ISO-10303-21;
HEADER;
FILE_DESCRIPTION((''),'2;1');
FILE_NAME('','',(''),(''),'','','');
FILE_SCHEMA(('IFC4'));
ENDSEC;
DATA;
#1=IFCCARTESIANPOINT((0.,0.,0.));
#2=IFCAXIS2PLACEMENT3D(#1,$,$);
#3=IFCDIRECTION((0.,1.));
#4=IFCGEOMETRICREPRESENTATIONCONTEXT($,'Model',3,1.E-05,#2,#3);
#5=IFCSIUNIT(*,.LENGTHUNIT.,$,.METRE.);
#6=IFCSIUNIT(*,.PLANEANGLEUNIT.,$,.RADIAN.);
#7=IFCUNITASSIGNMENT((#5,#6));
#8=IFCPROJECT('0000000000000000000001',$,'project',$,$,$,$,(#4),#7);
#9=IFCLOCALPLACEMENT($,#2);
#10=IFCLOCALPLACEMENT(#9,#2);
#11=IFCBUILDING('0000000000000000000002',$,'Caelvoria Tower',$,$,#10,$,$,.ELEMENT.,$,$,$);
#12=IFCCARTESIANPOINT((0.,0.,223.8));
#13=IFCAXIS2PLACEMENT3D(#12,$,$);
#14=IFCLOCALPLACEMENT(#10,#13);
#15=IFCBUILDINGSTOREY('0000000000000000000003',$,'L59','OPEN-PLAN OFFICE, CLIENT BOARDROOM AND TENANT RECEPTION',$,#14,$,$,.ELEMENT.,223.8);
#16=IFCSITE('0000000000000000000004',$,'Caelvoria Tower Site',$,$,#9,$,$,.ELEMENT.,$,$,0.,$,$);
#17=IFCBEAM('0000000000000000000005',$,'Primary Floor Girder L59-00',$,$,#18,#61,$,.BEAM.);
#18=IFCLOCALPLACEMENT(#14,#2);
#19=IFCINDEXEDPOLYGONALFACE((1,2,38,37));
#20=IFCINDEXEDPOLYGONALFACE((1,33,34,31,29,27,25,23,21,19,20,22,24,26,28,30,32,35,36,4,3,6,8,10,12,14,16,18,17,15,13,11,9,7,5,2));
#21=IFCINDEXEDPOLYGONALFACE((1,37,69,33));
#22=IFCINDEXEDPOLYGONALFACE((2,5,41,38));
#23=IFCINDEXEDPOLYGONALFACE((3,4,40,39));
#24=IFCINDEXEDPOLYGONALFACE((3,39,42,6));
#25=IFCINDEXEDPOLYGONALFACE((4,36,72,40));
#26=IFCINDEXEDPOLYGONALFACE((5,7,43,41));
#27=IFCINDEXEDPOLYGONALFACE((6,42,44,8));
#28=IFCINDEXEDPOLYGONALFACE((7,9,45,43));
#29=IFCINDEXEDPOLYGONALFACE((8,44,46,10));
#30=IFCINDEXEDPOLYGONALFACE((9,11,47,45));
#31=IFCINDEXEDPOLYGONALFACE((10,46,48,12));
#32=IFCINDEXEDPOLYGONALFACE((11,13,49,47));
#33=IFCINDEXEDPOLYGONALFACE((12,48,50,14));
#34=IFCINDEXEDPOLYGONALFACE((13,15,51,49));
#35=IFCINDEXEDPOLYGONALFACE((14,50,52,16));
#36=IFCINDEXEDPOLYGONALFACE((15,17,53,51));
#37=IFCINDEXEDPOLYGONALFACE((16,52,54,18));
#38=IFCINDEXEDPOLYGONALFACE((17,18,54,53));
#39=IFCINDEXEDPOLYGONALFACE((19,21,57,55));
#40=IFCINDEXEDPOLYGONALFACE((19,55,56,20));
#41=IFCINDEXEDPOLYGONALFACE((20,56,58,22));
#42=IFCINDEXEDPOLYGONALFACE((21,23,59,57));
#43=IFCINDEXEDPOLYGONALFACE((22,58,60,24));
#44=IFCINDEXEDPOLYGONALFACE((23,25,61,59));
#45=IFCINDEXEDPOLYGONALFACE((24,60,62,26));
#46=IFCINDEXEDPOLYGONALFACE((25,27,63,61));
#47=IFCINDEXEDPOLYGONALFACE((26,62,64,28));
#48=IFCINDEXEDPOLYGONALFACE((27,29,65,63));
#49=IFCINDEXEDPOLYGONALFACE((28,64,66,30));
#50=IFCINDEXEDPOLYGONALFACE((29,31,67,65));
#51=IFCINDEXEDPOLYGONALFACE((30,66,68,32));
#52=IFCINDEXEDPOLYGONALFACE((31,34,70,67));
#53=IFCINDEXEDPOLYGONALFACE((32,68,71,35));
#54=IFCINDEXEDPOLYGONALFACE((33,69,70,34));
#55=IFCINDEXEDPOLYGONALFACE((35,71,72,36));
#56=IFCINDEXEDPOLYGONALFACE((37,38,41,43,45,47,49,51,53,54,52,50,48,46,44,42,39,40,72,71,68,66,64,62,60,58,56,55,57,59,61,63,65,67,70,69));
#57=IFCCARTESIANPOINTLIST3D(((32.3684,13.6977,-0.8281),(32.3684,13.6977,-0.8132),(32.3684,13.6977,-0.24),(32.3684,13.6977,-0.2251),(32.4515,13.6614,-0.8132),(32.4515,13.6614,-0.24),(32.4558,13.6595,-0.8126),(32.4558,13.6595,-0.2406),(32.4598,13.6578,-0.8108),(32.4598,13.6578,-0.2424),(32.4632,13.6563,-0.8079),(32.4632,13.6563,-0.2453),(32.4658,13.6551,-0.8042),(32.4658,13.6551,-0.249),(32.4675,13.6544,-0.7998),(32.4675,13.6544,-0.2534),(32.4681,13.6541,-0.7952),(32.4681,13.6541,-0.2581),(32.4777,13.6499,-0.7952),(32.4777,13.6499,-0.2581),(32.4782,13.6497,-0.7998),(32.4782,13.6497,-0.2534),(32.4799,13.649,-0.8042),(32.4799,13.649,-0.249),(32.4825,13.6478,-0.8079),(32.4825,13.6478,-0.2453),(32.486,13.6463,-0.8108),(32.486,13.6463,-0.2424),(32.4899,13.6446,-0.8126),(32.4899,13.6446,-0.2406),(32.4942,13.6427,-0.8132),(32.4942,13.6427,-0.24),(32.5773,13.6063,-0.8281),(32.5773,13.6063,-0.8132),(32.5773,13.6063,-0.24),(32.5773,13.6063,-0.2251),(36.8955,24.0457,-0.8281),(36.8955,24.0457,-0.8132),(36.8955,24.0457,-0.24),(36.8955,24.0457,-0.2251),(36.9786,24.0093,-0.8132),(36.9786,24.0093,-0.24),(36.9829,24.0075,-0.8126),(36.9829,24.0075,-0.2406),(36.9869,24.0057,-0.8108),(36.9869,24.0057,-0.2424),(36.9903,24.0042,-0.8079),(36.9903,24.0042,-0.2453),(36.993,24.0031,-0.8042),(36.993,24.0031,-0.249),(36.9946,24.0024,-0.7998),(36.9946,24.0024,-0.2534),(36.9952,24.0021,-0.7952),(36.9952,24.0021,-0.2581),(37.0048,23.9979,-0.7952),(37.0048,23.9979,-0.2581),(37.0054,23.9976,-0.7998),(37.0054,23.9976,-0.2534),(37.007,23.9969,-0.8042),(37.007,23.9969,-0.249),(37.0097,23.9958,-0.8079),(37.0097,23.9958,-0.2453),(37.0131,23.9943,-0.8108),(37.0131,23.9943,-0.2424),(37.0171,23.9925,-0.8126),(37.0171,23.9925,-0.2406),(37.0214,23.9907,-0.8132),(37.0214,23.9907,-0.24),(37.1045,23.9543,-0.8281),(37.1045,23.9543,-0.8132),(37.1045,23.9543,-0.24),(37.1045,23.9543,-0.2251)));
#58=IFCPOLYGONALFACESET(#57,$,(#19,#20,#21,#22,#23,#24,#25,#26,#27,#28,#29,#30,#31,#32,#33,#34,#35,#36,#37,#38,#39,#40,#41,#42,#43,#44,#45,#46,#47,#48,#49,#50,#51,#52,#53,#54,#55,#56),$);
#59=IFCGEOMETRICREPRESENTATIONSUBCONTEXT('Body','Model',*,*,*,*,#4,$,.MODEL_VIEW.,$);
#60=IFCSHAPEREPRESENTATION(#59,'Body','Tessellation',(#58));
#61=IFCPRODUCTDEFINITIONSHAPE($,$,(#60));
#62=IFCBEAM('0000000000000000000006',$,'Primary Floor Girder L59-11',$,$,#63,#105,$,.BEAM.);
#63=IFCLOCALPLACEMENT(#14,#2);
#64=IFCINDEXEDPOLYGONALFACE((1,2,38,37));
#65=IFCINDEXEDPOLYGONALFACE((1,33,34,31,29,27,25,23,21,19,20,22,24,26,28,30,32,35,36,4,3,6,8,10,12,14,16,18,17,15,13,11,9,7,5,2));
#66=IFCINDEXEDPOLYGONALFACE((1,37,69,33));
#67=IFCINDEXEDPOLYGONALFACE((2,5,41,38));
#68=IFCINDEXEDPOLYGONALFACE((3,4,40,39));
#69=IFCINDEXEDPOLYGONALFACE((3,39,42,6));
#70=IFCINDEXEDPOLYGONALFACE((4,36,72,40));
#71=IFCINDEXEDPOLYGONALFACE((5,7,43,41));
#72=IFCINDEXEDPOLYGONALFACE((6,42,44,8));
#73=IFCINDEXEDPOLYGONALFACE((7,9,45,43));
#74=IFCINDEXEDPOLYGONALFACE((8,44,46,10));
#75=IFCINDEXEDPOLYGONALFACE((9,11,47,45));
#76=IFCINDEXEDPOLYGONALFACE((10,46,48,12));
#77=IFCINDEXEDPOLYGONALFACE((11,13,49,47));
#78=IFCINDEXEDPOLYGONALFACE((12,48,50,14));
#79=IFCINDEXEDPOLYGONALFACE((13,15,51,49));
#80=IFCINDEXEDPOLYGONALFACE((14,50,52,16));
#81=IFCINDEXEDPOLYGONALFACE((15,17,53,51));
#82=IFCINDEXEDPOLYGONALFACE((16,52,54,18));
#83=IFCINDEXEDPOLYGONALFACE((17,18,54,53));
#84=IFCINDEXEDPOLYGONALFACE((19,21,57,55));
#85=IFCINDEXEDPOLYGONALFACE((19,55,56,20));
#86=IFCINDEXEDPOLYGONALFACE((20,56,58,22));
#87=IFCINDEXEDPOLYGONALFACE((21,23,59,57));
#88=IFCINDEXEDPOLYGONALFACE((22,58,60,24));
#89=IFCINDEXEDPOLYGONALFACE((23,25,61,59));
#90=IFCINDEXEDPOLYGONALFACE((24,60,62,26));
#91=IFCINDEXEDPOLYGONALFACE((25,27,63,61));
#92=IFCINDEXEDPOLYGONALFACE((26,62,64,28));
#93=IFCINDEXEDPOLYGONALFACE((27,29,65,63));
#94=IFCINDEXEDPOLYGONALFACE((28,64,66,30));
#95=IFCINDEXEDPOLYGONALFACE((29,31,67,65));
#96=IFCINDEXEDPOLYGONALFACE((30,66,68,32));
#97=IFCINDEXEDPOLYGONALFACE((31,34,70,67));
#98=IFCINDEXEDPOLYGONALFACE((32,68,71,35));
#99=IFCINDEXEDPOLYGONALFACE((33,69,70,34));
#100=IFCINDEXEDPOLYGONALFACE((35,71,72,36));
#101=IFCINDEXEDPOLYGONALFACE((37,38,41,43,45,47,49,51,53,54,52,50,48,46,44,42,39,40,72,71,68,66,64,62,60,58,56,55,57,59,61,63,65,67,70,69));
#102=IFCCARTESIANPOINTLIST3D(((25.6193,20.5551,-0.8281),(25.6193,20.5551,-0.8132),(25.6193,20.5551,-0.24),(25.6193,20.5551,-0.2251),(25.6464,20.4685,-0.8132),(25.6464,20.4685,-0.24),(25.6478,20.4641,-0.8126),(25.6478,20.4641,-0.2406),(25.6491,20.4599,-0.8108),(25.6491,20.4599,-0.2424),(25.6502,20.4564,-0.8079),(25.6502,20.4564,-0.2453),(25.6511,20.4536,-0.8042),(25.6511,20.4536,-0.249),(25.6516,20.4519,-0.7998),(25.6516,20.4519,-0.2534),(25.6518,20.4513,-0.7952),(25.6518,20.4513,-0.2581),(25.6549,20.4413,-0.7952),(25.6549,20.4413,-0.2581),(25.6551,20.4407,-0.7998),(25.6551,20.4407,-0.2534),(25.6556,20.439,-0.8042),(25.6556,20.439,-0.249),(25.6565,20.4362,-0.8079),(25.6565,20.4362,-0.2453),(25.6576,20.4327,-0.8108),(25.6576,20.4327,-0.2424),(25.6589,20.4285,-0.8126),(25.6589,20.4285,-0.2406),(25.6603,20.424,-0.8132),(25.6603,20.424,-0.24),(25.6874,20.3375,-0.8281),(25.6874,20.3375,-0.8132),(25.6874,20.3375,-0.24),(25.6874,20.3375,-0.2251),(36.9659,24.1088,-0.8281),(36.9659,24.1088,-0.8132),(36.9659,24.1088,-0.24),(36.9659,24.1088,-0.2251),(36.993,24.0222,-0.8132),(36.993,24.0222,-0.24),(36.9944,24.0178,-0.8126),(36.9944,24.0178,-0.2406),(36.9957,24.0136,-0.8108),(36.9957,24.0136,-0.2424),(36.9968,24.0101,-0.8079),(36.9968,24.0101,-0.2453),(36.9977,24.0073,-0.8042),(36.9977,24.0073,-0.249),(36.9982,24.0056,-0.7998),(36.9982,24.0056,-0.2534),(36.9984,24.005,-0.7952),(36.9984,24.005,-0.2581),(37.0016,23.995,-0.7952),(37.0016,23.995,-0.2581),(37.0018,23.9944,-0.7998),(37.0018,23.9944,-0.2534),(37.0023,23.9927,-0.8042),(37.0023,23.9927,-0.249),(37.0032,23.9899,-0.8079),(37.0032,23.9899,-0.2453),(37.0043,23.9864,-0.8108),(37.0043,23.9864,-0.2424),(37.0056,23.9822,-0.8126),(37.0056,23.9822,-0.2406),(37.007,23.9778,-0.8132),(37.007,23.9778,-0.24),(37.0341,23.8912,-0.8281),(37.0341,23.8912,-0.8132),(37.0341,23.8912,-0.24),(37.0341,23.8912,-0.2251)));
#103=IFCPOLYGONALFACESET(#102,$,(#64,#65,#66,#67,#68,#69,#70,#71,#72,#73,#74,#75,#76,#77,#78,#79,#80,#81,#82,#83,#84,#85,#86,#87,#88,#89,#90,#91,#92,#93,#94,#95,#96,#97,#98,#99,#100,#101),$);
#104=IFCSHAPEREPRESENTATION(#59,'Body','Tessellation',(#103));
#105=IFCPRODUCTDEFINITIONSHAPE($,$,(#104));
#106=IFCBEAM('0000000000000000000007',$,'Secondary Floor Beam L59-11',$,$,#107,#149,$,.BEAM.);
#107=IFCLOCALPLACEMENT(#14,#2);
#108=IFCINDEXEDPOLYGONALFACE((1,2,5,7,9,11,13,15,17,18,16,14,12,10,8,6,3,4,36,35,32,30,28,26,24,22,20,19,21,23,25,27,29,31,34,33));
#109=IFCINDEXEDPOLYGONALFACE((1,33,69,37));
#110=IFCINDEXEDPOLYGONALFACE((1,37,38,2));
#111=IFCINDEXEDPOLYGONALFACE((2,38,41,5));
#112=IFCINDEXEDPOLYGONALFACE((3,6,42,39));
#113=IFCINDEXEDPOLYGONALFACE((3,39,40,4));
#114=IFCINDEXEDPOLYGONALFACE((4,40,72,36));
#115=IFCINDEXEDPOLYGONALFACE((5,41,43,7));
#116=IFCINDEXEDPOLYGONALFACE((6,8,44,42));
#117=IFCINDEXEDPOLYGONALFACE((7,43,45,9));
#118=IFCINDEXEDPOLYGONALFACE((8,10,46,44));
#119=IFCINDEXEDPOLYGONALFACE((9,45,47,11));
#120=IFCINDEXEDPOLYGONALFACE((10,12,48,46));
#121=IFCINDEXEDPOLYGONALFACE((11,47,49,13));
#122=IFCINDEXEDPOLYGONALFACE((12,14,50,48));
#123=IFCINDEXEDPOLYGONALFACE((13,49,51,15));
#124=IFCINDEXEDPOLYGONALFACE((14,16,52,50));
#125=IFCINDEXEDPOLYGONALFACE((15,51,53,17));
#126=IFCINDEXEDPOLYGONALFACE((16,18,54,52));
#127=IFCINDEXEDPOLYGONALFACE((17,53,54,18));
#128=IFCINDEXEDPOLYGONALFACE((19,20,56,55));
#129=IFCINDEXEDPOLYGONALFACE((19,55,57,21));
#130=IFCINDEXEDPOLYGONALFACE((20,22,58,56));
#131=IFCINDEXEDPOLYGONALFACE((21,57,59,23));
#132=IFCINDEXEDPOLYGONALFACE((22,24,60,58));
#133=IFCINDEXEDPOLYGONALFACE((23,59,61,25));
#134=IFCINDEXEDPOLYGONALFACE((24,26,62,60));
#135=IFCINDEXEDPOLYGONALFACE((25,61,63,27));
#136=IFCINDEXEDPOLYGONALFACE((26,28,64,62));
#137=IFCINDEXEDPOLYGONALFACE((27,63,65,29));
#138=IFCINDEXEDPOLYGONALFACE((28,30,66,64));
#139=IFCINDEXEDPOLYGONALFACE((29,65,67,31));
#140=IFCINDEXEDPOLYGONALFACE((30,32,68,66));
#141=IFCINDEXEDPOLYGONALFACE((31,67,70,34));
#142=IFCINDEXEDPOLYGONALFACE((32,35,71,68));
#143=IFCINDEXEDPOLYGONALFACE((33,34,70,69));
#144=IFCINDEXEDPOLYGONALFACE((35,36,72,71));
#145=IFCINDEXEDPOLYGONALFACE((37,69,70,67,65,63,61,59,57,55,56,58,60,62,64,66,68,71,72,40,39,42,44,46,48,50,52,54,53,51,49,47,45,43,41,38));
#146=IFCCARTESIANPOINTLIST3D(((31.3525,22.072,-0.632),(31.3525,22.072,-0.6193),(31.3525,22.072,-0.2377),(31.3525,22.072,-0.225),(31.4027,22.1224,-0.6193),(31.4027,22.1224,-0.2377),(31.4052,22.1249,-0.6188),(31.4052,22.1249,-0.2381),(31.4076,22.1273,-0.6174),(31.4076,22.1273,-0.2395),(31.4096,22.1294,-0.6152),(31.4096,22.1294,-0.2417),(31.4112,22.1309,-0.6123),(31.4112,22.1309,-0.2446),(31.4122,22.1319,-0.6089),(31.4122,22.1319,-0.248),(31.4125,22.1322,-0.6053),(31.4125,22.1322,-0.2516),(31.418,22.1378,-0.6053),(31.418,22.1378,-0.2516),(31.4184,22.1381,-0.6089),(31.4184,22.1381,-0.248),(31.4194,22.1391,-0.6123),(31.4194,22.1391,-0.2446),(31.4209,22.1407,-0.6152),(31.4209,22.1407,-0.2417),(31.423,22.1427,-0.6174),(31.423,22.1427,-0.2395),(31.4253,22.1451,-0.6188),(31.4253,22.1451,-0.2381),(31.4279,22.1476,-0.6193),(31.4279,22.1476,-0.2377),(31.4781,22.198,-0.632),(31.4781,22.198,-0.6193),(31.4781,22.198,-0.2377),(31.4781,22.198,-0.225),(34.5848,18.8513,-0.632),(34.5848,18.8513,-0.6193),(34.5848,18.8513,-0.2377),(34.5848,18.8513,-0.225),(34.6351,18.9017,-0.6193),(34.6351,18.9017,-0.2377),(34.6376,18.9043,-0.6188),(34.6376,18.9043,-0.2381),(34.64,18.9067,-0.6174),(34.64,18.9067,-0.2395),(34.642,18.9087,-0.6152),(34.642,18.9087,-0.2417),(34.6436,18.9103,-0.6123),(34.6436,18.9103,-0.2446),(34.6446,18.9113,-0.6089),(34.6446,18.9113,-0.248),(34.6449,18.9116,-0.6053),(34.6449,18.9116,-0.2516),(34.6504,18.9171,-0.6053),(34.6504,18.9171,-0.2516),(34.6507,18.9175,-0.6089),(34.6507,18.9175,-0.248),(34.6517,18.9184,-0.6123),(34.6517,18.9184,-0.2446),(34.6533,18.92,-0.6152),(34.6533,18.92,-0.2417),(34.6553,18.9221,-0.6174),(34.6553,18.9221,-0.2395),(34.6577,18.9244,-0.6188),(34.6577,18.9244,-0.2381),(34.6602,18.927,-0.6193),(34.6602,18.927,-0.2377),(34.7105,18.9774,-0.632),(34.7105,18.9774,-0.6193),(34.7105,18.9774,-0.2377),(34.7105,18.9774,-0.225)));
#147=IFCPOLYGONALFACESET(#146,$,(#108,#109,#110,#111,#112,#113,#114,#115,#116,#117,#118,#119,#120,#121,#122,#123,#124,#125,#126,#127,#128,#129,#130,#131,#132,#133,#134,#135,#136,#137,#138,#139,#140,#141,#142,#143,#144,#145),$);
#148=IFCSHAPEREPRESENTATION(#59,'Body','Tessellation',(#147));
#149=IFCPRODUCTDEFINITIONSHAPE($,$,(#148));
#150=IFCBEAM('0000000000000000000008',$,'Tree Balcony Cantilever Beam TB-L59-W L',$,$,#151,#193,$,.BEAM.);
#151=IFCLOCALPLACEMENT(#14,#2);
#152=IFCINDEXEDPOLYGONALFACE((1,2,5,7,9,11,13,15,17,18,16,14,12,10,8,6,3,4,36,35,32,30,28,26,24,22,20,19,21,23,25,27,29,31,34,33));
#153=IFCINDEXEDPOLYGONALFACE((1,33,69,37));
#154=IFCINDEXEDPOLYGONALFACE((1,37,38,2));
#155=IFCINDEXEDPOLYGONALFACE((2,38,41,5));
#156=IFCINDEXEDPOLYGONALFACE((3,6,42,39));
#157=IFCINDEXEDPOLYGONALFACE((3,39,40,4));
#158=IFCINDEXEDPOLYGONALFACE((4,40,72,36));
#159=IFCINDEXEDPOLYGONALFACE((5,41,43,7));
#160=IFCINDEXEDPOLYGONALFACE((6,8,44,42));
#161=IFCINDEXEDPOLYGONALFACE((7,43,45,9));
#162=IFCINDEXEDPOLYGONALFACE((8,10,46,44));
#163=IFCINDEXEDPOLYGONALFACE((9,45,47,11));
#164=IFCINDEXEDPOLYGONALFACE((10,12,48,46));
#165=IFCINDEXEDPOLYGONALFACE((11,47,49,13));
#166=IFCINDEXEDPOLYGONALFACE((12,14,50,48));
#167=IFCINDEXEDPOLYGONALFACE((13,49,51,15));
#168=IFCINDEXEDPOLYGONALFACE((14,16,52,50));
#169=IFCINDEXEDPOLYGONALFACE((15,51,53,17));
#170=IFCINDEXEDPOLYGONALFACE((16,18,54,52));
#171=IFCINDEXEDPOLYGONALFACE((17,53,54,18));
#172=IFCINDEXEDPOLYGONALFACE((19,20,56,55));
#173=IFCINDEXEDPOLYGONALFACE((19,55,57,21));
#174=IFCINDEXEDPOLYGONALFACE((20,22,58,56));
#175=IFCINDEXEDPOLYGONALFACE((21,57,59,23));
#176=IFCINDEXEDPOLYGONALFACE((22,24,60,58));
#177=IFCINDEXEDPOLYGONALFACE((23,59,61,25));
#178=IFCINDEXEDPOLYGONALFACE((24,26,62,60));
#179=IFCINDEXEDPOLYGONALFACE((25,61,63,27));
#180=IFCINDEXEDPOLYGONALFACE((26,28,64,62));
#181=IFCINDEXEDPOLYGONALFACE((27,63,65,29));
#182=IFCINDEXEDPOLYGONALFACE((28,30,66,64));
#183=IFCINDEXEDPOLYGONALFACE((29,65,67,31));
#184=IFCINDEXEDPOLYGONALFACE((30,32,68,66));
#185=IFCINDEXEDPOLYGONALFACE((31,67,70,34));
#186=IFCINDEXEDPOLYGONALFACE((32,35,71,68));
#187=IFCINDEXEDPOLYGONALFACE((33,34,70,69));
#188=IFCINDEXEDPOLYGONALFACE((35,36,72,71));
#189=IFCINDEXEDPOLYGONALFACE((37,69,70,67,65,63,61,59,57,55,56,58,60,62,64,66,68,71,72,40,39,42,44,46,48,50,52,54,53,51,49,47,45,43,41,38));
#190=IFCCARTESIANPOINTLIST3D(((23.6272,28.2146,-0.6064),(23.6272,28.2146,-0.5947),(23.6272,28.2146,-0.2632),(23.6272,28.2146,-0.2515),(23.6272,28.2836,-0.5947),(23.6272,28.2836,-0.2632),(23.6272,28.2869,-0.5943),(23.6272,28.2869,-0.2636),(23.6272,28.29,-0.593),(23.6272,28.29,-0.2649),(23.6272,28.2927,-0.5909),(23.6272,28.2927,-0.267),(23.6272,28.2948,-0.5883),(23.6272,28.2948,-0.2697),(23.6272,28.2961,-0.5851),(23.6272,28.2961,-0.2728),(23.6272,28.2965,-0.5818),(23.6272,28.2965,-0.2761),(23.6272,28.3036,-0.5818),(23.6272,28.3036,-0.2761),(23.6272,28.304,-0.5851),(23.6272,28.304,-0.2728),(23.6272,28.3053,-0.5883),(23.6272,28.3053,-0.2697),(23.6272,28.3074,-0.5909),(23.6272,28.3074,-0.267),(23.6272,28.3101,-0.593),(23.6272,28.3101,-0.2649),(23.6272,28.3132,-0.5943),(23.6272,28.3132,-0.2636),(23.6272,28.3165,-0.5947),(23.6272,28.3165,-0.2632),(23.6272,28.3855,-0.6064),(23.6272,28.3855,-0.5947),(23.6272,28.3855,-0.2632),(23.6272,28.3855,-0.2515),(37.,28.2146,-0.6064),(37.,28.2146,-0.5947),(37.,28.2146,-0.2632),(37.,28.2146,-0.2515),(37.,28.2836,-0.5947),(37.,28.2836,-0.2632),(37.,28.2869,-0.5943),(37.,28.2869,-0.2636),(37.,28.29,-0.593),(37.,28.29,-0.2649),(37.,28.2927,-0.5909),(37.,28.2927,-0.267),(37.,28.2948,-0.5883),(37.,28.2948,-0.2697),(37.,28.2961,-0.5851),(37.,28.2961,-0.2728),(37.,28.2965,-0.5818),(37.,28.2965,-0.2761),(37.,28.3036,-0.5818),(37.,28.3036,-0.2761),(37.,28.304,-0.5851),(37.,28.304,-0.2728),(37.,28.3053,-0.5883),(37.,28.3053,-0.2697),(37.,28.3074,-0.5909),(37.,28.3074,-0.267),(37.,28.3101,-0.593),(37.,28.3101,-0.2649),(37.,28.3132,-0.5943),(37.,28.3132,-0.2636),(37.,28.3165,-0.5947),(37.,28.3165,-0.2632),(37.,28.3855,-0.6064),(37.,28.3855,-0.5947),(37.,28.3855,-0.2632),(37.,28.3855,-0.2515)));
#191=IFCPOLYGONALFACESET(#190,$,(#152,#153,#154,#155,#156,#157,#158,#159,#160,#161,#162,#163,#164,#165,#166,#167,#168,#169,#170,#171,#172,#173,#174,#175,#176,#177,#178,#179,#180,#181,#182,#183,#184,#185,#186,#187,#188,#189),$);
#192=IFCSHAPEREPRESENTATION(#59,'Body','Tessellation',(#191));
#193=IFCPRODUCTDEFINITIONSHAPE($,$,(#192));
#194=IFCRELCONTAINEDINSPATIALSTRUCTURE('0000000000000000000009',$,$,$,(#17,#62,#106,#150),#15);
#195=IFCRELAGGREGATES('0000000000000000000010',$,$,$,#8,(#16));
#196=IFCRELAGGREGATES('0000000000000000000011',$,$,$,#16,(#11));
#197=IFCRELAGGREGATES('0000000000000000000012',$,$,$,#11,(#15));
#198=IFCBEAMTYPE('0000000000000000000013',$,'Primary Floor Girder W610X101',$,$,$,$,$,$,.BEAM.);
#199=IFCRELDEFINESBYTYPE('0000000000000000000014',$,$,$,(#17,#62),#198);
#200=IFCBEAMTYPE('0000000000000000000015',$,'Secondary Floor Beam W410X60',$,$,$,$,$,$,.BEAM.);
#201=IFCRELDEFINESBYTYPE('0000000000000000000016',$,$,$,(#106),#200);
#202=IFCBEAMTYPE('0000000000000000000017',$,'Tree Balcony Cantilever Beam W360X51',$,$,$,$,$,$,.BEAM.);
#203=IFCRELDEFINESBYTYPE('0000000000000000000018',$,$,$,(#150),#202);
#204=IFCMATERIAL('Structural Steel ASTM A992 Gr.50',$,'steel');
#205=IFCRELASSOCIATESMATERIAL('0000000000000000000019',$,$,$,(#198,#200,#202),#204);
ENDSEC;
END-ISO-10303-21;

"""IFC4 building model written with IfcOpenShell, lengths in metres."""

from ifc_helpers import new_model, si_unit, direction, frame, origin, origin_2d, place, context, subcontext, project, spatial, i_section, extrude, material, material_profile, profile_set, type_object, element, save


model = new_model("IFC4")

# Units and contexts
model_context = context("Model", 3, precision=1e-05, world=origin(), true_north=direction((0.0, 1.0)))
body_context = subcontext(model_context, "Body", "Model", "MODEL_VIEW")
ifc_project = project(units=[si_unit("LENGTHUNIT", "METRE"), si_unit("PLANEANGLEUNIT", "RADIAN")], contexts=[model_context])

# Site, building, storey
site_placement = place(None, origin())
site = spatial("IfcSite", under=ifc_project, at=site_placement, Name="Caelvoria Tower Site", CompositionType="ELEMENT", RefElevation=0.0)
building_placement = place(site_placement, origin())
building = spatial("IfcBuilding", under=site, at=building_placement, Name="Caelvoria Tower", CompositionType="ELEMENT")
storey_placement = place(building_placement, frame((0.0, 0.0, 223.8)))
storey = spatial("IfcBuildingStorey", under=building, at=storey_placement, Name="L59", Description="OPEN-PLAN OFFICE, CLIENT BOARDROOM AND TENANT RECEPTION", CompositionType="ELEMENT", Elevation=223.8)

# Beams
ifc_material_1 = material(Name="Structural Steel ASTM A992 Gr.50", Category="steel")
ifc_material_profile_1 = material_profile(ifc_material_1, i_section(OverallWidth=0.228, OverallDepth=0.603, WebThickness=0.0105, FlangeThickness=0.0149, FilletRadius=0.0181, at=origin_2d()), Name="Structural Steel ASTM A992 Gr.50")
ifc_profile_set_1 = profile_set([ifc_material_profile_1], Name="W610X101 - Structural Steel ASTM A992 Gr.50")
beam_type_1 = type_object("IfcBeamType", Name="Primary Floor Girder W610X101", PredefinedType="BEAM", material=ifc_profile_set_1)
beam_1_placement = place(storey_placement, frame((37.0, 24.0, -0.5266), z_axis=(-0.400811, -0.916161, 0.0), x_axis=(0.916161, -0.400811, 0.0)))
element("IfcBeam", 1, at=beam_1_placement, inside=storey, type_object=beam_type_1, Name="Primary Floor Girder L59-00", PredefinedType="BEAM", context=body_context, shape_type="SweptSolid", body=[
    extrude(i_section(OverallWidth=0.228, OverallDepth=0.603, WebThickness=0.0105, FlangeThickness=0.0149, FilletRadius=0.0181, at=origin_2d()), origin(), (0.0, 0.0, 1.0), 11.2949),
])
beam_2_placement = place(storey_placement, frame((37.0, 24.0, -0.5266), z_axis=(-0.954291, -0.298878, 0.0), x_axis=(0.298878, -0.954291, 0.0)))
element("IfcBeam", 2, at=beam_2_placement, inside=storey, type_object=beam_type_1, Name="Primary Floor Girder L59-11", PredefinedType="BEAM", context=body_context, shape_type="SweptSolid", body=[
    extrude(i_section(OverallWidth=0.228, OverallDepth=0.603, WebThickness=0.0105, FlangeThickness=0.0149, FilletRadius=0.0181, at=origin_2d()), origin(), (0.0, 0.0, 1.0), 11.8901),
])
ifc_material_profile_2 = material_profile(ifc_material_1, i_section(OverallWidth=0.178, OverallDepth=0.407, WebThickness=0.0078, FlangeThickness=0.0127, FilletRadius=0.0139, at=origin_2d()), Name="Structural Steel ASTM A992 Gr.50")
ifc_profile_set_2 = profile_set([ifc_material_profile_2], Name="W410X60 - Structural Steel ASTM A992 Gr.50")
beam_type_2 = type_object("IfcBeamType", Name="Secondary Floor Beam W410X60", PredefinedType="BEAM", material=ifc_profile_set_2)
beam_3_placement = place(storey_placement, frame((31.4153, 22.135, -0.4285), z_axis=(0.70839, -0.705822, 0.0), x_axis=(0.705822, 0.70839, 0.0)))
element("IfcBeam", 3, at=beam_3_placement, inside=storey, type_object=beam_type_2, Name="Secondary Floor Beam L59-11", PredefinedType="BEAM", context=body_context, shape_type="SweptSolid", body=[
    extrude(i_section(OverallWidth=0.178, OverallDepth=0.407, WebThickness=0.0078, FlangeThickness=0.0127, FilletRadius=0.0139, at=origin_2d()), origin(), (0.0, 0.0, 1.0), 4.563),
])
ifc_material_profile_3 = material_profile(ifc_material_1, i_section(OverallWidth=0.1709, OverallDepth=0.355, WebThickness=0.0071, FlangeThickness=0.0117, FilletRadius=0.0129, at=origin_2d()), Name="Structural Steel ASTM A992 Gr.50")
ifc_profile_set_3 = profile_set([ifc_material_profile_3], Name="W360X51 - Structural Steel ASTM A992 Gr.50")
beam_type_3 = type_object("IfcBeamType", Name="Tree Balcony Cantilever Beam W360X51", PredefinedType="BEAM", material=ifc_profile_set_3)
beam_4_placement = place(storey_placement, frame((37.0, 28.3, -0.429), z_axis=(-1.0, 0.0, 0.0), x_axis=(0.0, -1.0, 0.0)))
element("IfcBeam", 4, at=beam_4_placement, inside=storey, type_object=beam_type_3, Name="Tree Balcony Cantilever Beam TB-L59-W L", PredefinedType="BEAM", context=body_context, shape_type="SweptSolid", body=[
    extrude(i_section(OverallWidth=0.1709, OverallDepth=0.355, WebThickness=0.0071, FlangeThickness=0.0117, FilletRadius=0.0129, at=origin_2d()), origin(), (0.0, 0.0, 1.0), 13.3728),
])

save(model, "model.ifc")
